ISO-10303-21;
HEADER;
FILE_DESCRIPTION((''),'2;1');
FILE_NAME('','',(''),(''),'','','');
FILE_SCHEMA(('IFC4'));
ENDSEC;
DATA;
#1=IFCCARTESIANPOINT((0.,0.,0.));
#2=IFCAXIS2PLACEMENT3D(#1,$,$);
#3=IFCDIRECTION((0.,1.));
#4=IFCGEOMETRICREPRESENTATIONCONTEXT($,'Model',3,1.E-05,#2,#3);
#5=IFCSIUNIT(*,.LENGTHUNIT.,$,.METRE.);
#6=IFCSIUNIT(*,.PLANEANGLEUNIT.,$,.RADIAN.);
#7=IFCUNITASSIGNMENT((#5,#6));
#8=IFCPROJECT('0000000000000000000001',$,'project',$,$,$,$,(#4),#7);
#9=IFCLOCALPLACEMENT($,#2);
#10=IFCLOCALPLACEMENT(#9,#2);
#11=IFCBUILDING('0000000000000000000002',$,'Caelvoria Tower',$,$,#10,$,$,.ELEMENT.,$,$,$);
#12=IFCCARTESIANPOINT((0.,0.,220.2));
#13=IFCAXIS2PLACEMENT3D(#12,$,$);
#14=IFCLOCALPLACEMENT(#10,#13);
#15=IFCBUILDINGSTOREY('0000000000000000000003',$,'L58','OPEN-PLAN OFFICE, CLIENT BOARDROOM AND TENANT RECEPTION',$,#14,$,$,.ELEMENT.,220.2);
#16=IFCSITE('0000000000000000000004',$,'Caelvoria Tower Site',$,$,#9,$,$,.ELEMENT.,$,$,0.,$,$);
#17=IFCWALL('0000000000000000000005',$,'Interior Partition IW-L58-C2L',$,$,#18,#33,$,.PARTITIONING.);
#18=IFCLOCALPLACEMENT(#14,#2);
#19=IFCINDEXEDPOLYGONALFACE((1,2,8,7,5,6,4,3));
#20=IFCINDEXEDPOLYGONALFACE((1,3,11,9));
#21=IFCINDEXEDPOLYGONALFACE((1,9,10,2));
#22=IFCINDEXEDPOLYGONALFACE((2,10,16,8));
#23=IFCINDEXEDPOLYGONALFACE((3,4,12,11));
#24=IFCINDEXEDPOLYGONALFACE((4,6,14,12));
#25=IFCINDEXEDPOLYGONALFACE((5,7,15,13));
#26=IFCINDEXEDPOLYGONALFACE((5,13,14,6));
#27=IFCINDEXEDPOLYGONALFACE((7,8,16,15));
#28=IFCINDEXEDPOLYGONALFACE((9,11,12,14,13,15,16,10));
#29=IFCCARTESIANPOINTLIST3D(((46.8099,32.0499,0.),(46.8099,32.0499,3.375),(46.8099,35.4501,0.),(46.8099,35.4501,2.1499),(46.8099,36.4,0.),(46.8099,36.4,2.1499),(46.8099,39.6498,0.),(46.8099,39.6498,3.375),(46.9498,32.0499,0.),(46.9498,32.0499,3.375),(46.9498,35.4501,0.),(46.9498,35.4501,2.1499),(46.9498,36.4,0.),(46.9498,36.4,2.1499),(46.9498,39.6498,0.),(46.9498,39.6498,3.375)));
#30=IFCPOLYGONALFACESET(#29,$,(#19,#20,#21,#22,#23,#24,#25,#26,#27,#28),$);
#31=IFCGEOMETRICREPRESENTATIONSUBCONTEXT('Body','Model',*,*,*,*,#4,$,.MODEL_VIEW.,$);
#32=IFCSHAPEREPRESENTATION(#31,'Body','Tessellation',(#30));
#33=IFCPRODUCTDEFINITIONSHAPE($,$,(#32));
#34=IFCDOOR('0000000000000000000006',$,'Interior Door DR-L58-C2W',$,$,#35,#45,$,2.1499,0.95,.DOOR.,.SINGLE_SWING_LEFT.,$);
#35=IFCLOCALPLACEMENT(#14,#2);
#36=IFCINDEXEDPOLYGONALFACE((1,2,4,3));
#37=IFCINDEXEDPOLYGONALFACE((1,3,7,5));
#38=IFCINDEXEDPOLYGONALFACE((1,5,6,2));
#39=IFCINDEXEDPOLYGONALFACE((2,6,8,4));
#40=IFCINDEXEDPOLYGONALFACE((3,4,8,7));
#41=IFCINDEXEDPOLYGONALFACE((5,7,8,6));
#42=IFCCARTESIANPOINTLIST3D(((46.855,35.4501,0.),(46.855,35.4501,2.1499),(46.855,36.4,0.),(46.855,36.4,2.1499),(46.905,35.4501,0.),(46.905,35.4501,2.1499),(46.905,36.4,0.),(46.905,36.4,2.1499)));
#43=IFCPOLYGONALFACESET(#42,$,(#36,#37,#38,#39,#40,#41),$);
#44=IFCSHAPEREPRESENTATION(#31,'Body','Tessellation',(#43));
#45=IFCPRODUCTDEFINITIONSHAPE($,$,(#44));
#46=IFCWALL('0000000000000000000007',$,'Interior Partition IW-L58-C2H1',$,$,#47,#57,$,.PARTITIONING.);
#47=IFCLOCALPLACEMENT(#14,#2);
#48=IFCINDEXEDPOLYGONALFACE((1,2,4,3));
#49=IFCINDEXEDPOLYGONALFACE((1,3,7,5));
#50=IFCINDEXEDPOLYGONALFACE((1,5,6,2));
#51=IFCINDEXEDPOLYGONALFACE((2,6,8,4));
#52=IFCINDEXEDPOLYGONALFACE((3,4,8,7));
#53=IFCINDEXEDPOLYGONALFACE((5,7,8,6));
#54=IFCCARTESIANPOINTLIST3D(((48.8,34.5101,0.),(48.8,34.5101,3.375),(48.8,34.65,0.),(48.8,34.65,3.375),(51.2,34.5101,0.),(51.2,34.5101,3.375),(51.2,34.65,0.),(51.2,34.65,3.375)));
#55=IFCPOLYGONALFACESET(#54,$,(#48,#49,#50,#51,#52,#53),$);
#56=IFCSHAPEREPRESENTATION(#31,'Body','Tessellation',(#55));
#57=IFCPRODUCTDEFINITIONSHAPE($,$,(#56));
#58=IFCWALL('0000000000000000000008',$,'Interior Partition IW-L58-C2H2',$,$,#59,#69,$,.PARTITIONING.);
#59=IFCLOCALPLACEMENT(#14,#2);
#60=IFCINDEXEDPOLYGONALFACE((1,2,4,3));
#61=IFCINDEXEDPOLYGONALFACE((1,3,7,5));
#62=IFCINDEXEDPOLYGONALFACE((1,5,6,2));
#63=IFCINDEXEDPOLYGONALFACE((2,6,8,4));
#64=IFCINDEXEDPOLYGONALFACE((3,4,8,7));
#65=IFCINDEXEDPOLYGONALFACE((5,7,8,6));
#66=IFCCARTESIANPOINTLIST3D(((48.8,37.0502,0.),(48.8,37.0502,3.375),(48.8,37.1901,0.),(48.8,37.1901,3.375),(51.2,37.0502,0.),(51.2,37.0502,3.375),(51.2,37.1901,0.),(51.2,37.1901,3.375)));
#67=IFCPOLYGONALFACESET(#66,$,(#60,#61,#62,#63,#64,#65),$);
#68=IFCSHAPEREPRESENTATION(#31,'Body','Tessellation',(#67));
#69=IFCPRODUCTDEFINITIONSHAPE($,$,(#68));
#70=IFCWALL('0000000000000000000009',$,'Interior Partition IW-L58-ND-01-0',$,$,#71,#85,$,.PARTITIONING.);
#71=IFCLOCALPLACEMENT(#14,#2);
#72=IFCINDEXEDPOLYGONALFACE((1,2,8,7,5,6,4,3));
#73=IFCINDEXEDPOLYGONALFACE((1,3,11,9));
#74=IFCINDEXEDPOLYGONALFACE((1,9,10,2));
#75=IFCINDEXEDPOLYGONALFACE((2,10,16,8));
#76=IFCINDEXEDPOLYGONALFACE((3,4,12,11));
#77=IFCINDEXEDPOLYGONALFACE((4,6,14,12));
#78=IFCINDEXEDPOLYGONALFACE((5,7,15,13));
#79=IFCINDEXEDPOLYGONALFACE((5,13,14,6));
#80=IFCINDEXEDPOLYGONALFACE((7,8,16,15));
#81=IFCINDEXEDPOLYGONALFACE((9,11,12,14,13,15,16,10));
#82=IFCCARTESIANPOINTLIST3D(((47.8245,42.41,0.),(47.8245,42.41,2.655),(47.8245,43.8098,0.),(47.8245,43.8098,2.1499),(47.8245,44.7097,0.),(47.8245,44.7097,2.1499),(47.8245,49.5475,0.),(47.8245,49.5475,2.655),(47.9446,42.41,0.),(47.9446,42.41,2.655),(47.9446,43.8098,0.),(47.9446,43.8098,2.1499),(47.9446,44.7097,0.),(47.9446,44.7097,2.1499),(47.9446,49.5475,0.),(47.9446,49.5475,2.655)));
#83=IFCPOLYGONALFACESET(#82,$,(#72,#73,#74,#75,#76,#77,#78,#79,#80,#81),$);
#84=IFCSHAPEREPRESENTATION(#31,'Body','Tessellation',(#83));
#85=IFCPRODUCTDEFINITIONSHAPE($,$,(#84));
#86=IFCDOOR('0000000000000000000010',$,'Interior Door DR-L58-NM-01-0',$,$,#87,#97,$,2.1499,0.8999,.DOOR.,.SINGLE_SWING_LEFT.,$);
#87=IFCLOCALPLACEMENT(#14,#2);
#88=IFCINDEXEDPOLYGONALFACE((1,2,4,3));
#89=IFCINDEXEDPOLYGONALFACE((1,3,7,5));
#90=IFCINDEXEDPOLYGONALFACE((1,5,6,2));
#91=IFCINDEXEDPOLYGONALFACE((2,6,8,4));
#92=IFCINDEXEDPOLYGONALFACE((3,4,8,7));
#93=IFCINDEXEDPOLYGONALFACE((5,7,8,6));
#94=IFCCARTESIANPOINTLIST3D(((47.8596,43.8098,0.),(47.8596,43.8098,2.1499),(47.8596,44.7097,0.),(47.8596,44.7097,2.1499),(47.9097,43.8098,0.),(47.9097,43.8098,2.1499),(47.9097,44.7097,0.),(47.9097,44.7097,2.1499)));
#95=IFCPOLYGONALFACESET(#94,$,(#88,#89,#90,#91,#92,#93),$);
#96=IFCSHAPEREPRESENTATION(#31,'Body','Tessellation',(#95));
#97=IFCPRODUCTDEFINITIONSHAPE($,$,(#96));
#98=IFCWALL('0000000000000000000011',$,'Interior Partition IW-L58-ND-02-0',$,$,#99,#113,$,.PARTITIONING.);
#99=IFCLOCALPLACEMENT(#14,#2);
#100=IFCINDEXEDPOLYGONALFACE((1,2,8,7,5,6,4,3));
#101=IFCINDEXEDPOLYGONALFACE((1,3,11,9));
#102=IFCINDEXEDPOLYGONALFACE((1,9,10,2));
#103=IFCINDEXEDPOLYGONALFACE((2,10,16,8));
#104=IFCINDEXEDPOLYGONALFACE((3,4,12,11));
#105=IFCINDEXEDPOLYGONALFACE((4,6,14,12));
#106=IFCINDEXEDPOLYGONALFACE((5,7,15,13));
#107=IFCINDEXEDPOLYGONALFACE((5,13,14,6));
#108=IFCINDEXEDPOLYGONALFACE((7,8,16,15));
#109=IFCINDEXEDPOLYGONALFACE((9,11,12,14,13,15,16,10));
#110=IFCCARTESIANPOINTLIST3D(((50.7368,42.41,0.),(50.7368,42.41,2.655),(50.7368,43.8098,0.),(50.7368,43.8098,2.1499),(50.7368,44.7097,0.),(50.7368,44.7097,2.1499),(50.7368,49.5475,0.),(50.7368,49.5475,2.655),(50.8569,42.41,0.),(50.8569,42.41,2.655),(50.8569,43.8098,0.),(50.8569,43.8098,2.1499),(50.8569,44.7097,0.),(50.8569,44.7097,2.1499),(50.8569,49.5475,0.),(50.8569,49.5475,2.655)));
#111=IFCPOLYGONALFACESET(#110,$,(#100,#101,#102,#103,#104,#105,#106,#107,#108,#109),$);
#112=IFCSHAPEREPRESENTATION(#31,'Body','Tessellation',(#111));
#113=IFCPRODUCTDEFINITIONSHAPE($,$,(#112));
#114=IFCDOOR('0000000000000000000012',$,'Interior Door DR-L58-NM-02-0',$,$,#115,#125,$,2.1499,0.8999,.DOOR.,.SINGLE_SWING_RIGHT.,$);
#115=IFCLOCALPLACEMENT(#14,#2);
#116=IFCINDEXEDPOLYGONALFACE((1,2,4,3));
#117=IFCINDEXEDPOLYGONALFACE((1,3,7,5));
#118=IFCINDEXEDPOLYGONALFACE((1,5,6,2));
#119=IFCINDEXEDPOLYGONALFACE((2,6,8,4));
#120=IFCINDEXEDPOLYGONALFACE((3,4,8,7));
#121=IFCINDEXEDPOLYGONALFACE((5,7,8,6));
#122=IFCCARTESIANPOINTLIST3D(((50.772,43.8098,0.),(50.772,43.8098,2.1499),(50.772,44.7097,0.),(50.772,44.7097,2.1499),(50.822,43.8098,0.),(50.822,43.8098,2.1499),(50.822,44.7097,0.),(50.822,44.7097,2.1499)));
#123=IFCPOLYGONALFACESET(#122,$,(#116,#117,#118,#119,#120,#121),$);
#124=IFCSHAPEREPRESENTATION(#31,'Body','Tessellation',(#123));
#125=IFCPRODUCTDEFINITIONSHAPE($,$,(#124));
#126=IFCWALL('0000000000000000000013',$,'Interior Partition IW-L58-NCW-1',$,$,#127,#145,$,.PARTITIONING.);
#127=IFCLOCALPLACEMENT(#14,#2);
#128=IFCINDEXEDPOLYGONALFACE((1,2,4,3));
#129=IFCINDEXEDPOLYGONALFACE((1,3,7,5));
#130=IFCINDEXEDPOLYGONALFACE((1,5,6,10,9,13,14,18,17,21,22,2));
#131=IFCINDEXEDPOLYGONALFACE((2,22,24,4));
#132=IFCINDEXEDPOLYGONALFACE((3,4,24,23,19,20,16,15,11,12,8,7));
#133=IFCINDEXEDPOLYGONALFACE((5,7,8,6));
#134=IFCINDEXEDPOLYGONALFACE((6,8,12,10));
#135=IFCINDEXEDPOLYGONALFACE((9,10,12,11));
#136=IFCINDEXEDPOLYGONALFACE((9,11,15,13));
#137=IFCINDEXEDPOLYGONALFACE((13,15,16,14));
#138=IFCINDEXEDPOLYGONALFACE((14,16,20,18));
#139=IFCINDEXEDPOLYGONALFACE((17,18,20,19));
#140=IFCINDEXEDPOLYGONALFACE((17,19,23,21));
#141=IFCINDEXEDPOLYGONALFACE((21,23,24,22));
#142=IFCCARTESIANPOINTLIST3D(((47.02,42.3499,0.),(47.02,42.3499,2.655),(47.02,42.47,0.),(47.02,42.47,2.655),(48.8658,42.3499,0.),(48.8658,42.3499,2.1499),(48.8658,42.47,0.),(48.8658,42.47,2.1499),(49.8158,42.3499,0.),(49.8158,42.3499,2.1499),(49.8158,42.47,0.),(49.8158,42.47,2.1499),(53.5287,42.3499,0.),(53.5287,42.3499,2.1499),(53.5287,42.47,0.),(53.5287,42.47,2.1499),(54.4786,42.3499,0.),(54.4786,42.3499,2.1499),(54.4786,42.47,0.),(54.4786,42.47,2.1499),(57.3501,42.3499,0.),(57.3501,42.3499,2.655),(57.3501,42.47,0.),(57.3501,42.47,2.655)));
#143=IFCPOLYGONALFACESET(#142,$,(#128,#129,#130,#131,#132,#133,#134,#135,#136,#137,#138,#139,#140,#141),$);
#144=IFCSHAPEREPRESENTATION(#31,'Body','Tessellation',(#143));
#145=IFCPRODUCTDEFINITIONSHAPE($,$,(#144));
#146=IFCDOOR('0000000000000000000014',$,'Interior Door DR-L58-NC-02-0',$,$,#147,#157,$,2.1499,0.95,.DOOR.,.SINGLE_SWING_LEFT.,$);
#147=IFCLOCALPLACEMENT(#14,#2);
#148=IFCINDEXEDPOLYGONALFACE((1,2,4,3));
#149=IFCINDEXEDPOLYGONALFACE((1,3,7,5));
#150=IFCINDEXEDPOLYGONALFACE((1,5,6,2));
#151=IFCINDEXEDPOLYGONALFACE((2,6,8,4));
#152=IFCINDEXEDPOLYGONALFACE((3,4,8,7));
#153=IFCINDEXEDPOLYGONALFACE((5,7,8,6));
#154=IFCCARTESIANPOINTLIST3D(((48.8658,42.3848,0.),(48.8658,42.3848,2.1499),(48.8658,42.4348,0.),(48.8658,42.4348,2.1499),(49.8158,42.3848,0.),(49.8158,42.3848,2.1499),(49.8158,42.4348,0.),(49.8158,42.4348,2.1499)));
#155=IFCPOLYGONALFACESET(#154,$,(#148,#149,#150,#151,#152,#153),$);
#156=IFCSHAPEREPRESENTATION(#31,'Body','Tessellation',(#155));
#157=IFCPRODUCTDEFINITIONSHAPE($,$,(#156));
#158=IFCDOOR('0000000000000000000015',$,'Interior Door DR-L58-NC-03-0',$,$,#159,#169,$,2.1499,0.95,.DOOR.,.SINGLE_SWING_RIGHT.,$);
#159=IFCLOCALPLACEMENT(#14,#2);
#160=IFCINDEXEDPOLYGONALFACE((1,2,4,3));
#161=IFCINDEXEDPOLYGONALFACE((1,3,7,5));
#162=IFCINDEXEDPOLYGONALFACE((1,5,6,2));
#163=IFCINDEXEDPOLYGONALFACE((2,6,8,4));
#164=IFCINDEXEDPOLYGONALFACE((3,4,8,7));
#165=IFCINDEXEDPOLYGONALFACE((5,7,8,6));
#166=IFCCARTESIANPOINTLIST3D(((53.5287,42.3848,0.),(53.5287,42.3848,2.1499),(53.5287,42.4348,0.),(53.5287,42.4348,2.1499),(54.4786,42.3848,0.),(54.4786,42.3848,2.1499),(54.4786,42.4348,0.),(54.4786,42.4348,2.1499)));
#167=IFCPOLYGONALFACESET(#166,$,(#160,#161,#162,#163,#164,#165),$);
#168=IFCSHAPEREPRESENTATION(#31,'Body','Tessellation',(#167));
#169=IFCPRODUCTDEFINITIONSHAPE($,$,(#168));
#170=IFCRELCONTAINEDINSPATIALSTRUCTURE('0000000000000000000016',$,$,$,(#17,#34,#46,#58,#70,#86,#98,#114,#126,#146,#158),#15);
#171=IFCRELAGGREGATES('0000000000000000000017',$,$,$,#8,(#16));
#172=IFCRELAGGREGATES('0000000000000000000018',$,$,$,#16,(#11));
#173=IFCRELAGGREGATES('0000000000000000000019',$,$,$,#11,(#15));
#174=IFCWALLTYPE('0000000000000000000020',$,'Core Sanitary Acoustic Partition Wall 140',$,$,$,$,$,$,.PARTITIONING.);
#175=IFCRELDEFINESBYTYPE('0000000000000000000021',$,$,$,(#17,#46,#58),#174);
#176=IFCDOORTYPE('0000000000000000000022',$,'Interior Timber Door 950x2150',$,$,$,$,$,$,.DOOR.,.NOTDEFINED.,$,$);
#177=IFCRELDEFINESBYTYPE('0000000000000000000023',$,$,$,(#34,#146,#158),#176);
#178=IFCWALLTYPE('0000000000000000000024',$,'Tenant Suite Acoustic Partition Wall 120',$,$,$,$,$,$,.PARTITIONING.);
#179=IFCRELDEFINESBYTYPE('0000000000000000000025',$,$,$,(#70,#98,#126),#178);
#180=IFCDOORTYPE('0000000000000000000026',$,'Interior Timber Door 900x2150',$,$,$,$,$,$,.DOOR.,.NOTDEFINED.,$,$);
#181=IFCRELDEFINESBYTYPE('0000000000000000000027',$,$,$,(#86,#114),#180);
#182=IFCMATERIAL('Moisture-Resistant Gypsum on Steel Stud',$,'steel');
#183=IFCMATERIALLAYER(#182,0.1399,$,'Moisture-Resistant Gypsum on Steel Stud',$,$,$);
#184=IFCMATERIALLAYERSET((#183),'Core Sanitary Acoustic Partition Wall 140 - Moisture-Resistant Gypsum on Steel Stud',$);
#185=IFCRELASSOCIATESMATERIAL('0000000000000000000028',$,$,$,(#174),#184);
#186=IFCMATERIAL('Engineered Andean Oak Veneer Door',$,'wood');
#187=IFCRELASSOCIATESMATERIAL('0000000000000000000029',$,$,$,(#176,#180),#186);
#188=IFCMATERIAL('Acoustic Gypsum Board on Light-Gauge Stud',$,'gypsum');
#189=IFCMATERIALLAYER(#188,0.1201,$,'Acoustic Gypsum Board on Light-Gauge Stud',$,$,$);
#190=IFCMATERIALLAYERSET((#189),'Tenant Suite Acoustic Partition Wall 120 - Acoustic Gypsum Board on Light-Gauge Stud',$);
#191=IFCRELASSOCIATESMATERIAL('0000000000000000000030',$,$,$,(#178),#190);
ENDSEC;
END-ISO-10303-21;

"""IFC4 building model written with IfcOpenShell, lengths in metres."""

from ifc_helpers import new_model, si_unit, direction, frame, frame_2d, origin, place, context, subcontext, project, spatial, rectangle, extrude, material, layer, layer_set, type_object, element, fill, save


model = new_model("IFC4")

# Units and contexts
model_context = context("Model", 3, precision=1e-05, world=origin(), true_north=direction((0.0, 1.0)))
body_context = subcontext(model_context, "Body", "Model", "MODEL_VIEW")
ifc_project = project(units=[si_unit("LENGTHUNIT", "METRE"), si_unit("PLANEANGLEUNIT", "RADIAN")], contexts=[model_context])

# Site, building, storey
site_placement = place(None, origin())
site = spatial("IfcSite", under=ifc_project, at=site_placement, Name="Caelvoria Tower Site", CompositionType="ELEMENT", RefElevation=0.0)
building_placement = place(site_placement, origin())
building = spatial("IfcBuilding", under=site, at=building_placement, Name="Caelvoria Tower", CompositionType="ELEMENT")
storey_placement = place(building_placement, frame((0.0, 0.0, 220.2)))
storey = spatial("IfcBuildingStorey", under=building, at=storey_placement, Name="L58", Description="OPEN-PLAN OFFICE, CLIENT BOARDROOM AND TENANT RECEPTION", CompositionType="ELEMENT", Elevation=220.2)

# Wall, opening, door
ifc_material_1 = material(Name="Moisture-Resistant Gypsum on Steel Stud", Category="steel")
ifc_layer_1 = layer(ifc_material_1, 0.1399, Name="Moisture-Resistant Gypsum on Steel Stud")
ifc_layer_set_1 = layer_set([ifc_layer_1], Name="Core Sanitary Acoustic Partition Wall 140 - Moisture-Resistant Gypsum on Steel Stud")
wall_type_1 = type_object("IfcWallType", Name="Core Sanitary Acoustic Partition Wall 140", PredefinedType="PARTITIONING", material=ifc_layer_set_1)
wall_1_placement = place(storey_placement, frame((46.8799, 32.05, 0.0), z_axis=(0.0, 0.0, 1.0), x_axis=(0.0, 1.0, 0.0)))
wall_1 = element("IfcWall", 1, at=wall_1_placement, inside=storey, type_object=wall_type_1, Name="Interior Partition IW-L58-C2L", PredefinedType="PARTITIONING", context=body_context, shape_type="SweptSolid", body=[
    extrude(rectangle(XDim=7.5999, YDim=0.1399, at=frame_2d((3.7998, 0.0))), origin(), (0.0, 0.0, 1.0), 3.375),
])
opening_1_placement = place(wall_1_placement, frame((3.3999, 0.0, 0.0)))
opening_1 = element("IfcOpeningElement", 2, at=opening_1_placement, cuts=wall_1, PredefinedType="OPENING", context=body_context, shape_type="SweptSolid", body=[
    extrude(rectangle(XDim=0.95, YDim=2.1499, at=frame_2d((0.4751, 1.075))), frame((0.0, 0.0798, 0.0), z_axis=(0.0, -1.0, 0.0), x_axis=(1.0, 0.0, 0.0)), (0.0, 0.0, 1.0), 0.1599),
])
ifc_material_2 = material(Name="Engineered Andean Oak Veneer Door", Category="wood")
door_type_1 = type_object("IfcDoorType", Name="Interior Timber Door 950x2150", OperationType="NOTDEFINED", PredefinedType="DOOR", material=ifc_material_2)
door_1_placement = place(opening_1_placement, origin())
door_1 = element("IfcDoor", 3, at=door_1_placement, inside=storey, type_object=door_type_1, Name="Interior Door DR-L58-C2W", OperationType="SINGLE_SWING_LEFT", OverallHeight=2.1499, OverallWidth=0.95, PredefinedType="DOOR", context=body_context, shape_type="SweptSolid", body=[
    extrude(rectangle(XDim=0.95, YDim=2.1499, at=frame_2d((0.4751, 1.075))), frame((0.0, 0.0249, 0.0), z_axis=(0.0, -1.0, 0.0), x_axis=(1.0, 0.0, 0.0)), (0.0, 0.0, 1.0), 0.05),
])
fill(opening_1, door_1)

# Shared definitions
door_type_2 = type_object("IfcDoorType", Name="Interior Timber Door 900x2150", OperationType="NOTDEFINED", PredefinedType="DOOR", material=ifc_material_2)

# Walls
for number, where, z_axis, x_axis, name in (
    (4, (48.8, 34.5801, 0.0), (0.0, 0.0, 1.0), (1.0, 0.0, 0.0), "Interior Partition IW-L58-C2H1"),
    (5, (48.8, 37.1201, 0.0), (0.0, 0.0, 1.0), (1.0, 0.0, 0.0), "Interior Partition IW-L58-C2H2"),
):
    element("IfcWall", number, at=place(storey_placement, frame(where, z_axis=z_axis, x_axis=x_axis)), inside=storey, type_object=wall_type_1, Name=name, PredefinedType="PARTITIONING", context=body_context, shape_type="SweptSolid", body=[
        extrude(rectangle(XDim=2.3999, YDim=0.1399, at=frame_2d((1.2, 0.0))), origin(), (0.0, 0.0, 1.0), 3.375),
    ])

# Walls, openings, doors
ifc_material_3 = material(Name="Acoustic Gypsum Board on Light-Gauge Stud", Category="gypsum")
ifc_layer_2 = layer(ifc_material_3, 0.1201, Name="Acoustic Gypsum Board on Light-Gauge Stud")
ifc_layer_set_2 = layer_set([ifc_layer_2], Name="Tenant Suite Acoustic Partition Wall 120 - Acoustic Gypsum Board on Light-Gauge Stud")
wall_type_2 = type_object("IfcWallType", Name="Tenant Suite Acoustic Partition Wall 120", PredefinedType="PARTITIONING", material=ifc_layer_set_2)
wall_2_placement = place(storey_placement, frame((47.8845, 42.4099, 0.0), z_axis=(0.0, 0.0, 1.0), x_axis=(0.0, 1.0, 0.0)))
wall_2 = element("IfcWall", 6, at=wall_2_placement, inside=storey, type_object=wall_type_2, Name="Interior Partition IW-L58-ND-01-0", PredefinedType="PARTITIONING", context=body_context, shape_type="SweptSolid", body=[
    extrude(rectangle(XDim=7.1375, YDim=0.1201, at=frame_2d((3.5688, 0.0))), origin(), (0.0, 0.0, 1.0), 2.655),
])
opening_2_placement = place(wall_2_placement, frame((1.3999, 0.0, 0.0)))
opening_2 = element("IfcOpeningElement", 7, at=opening_2_placement, cuts=wall_2, PredefinedType="OPENING", context=body_context, shape_type="SweptSolid", body=[
    extrude(rectangle(XDim=0.8999, YDim=2.1499, at=frame_2d((0.45, 1.075))), frame((0.0, 0.0701, 0.0), z_axis=(0.0, -1.0, 0.0), x_axis=(1.0, 0.0, 0.0)), (0.0, 0.0, 1.0), 0.1401),
])
door_2_placement = place(opening_2_placement, origin())
door_2 = element("IfcDoor", 8, at=door_2_placement, inside=storey, type_object=door_type_2, Name="Interior Door DR-L58-NM-01-0", OperationType="SINGLE_SWING_LEFT", OverallHeight=2.1499, OverallWidth=0.8999, PredefinedType="DOOR", context=body_context, shape_type="SweptSolid", body=[
    extrude(rectangle(XDim=0.8999, YDim=2.1499, at=frame_2d((0.45, 1.075))), frame((0.0, 0.0249, 0.0), z_axis=(0.0, -1.0, 0.0), x_axis=(1.0, 0.0, 0.0)), (0.0, 0.0, 1.0), 0.05),
])
fill(opening_2, door_2)
wall_3_placement = place(storey_placement, frame((50.7969, 42.4099, 0.0), z_axis=(0.0, 0.0, 1.0), x_axis=(0.0, 1.0, 0.0)))
wall_3 = element("IfcWall", 9, at=wall_3_placement, inside=storey, type_object=wall_type_2, Name="Interior Partition IW-L58-ND-02-0", PredefinedType="PARTITIONING", context=body_context, shape_type="SweptSolid", body=[
    extrude(rectangle(XDim=7.1375, YDim=0.1201, at=frame_2d((3.5688, 0.0))), origin(), (0.0, 0.0, 1.0), 2.655),
])
opening_3_placement = place(wall_3_placement, frame((1.3999, 0.0, 0.0)))
opening_3 = element("IfcOpeningElement", 10, at=opening_3_placement, cuts=wall_3, PredefinedType="OPENING", context=body_context, shape_type="SweptSolid", body=[
    extrude(rectangle(XDim=0.8999, YDim=2.1499, at=frame_2d((0.45, 1.075))), frame((0.0, 0.0701, 0.0), z_axis=(0.0, -1.0, 0.0), x_axis=(1.0, 0.0, 0.0)), (0.0, 0.0, 1.0), 0.1401),
])
door_3_placement = place(opening_3_placement, origin())
door_3 = element("IfcDoor", 11, at=door_3_placement, inside=storey, type_object=door_type_2, Name="Interior Door DR-L58-NM-02-0", OperationType="SINGLE_SWING_RIGHT", OverallHeight=2.1499, OverallWidth=0.8999, PredefinedType="DOOR", context=body_context, shape_type="SweptSolid", body=[
    extrude(rectangle(XDim=0.8999, YDim=2.1499, at=frame_2d((0.45, 1.075))), frame((0.0, 0.0249, 0.0), z_axis=(0.0, -1.0, 0.0), x_axis=(1.0, 0.0, 0.0)), (0.0, 0.0, 1.0), 0.05),
])
fill(opening_3, door_3)

# Wall, openings, doors
wall_4_placement = place(storey_placement, frame((47.02, 42.4099, 0.0), z_axis=(0.0, 0.0, 1.0), x_axis=(1.0, 0.0, 0.0)))
wall_4 = element("IfcWall", 12, at=wall_4_placement, inside=storey, type_object=wall_type_2, Name="Interior Partition IW-L58-NCW-1", PredefinedType="PARTITIONING", context=body_context, shape_type="SweptSolid", body=[
    extrude(rectangle(XDim=10.3301, YDim=0.1201, at=frame_2d((5.165, 0.0))), origin(), (0.0, 0.0, 1.0), 2.655),
])
opening_4_placement = place(wall_4_placement, frame((1.8457, 0.0, 0.0)))
opening_4 = element("IfcOpeningElement", 13, at=opening_4_placement, cuts=wall_4, PredefinedType="OPENING", context=body_context, shape_type="SweptSolid", body=[
    extrude(rectangle(XDim=0.95, YDim=2.1499, at=frame_2d((0.4751, 1.075))), frame((0.0, 0.0701, 0.0), z_axis=(0.0, -1.0, 0.0), x_axis=(1.0, 0.0, 0.0)), (0.0, 0.0, 1.0), 0.1401),
])
opening_5_placement = place(wall_4_placement, frame((6.5085, 0.0, 0.0)))
opening_5 = element("IfcOpeningElement", 14, at=opening_5_placement, cuts=wall_4, PredefinedType="OPENING", context=body_context, shape_type="SweptSolid", body=[
    extrude(rectangle(XDim=0.95, YDim=2.1499, at=frame_2d((0.4751, 1.075))), frame((0.0, 0.0701, 0.0), z_axis=(0.0, -1.0, 0.0), x_axis=(1.0, 0.0, 0.0)), (0.0, 0.0, 1.0), 0.1401),
])
door_4_placement = place(opening_4_placement, origin())
door_4 = element("IfcDoor", 15, at=door_4_placement, inside=storey, type_object=door_type_1, Name="Interior Door DR-L58-NC-02-0", OperationType="SINGLE_SWING_LEFT", OverallHeight=2.1499, OverallWidth=0.95, PredefinedType="DOOR", context=body_context, shape_type="SweptSolid", body=[
    extrude(rectangle(XDim=0.95, YDim=2.1499, at=frame_2d((0.4751, 1.075))), frame((0.0, 0.0249, 0.0), z_axis=(0.0, -1.0, 0.0), x_axis=(1.0, 0.0, 0.0)), (0.0, 0.0, 1.0), 0.05),
])
fill(opening_4, door_4)
door_5_placement = place(opening_5_placement, origin())
door_5 = element("IfcDoor", 16, at=door_5_placement, inside=storey, type_object=door_type_1, Name="Interior Door DR-L58-NC-03-0", OperationType="SINGLE_SWING_RIGHT", OverallHeight=2.1499, OverallWidth=0.95, PredefinedType="DOOR", context=body_context, shape_type="SweptSolid", body=[
    extrude(rectangle(XDim=0.95, YDim=2.1499, at=frame_2d((0.4751, 1.075))), frame((0.0, 0.0249, 0.0), z_axis=(0.0, -1.0, 0.0), x_axis=(1.0, 0.0, 0.0)), (0.0, 0.0, 1.0), 0.05),
])
fill(opening_5, door_5)

save(model, "model.ifc")
